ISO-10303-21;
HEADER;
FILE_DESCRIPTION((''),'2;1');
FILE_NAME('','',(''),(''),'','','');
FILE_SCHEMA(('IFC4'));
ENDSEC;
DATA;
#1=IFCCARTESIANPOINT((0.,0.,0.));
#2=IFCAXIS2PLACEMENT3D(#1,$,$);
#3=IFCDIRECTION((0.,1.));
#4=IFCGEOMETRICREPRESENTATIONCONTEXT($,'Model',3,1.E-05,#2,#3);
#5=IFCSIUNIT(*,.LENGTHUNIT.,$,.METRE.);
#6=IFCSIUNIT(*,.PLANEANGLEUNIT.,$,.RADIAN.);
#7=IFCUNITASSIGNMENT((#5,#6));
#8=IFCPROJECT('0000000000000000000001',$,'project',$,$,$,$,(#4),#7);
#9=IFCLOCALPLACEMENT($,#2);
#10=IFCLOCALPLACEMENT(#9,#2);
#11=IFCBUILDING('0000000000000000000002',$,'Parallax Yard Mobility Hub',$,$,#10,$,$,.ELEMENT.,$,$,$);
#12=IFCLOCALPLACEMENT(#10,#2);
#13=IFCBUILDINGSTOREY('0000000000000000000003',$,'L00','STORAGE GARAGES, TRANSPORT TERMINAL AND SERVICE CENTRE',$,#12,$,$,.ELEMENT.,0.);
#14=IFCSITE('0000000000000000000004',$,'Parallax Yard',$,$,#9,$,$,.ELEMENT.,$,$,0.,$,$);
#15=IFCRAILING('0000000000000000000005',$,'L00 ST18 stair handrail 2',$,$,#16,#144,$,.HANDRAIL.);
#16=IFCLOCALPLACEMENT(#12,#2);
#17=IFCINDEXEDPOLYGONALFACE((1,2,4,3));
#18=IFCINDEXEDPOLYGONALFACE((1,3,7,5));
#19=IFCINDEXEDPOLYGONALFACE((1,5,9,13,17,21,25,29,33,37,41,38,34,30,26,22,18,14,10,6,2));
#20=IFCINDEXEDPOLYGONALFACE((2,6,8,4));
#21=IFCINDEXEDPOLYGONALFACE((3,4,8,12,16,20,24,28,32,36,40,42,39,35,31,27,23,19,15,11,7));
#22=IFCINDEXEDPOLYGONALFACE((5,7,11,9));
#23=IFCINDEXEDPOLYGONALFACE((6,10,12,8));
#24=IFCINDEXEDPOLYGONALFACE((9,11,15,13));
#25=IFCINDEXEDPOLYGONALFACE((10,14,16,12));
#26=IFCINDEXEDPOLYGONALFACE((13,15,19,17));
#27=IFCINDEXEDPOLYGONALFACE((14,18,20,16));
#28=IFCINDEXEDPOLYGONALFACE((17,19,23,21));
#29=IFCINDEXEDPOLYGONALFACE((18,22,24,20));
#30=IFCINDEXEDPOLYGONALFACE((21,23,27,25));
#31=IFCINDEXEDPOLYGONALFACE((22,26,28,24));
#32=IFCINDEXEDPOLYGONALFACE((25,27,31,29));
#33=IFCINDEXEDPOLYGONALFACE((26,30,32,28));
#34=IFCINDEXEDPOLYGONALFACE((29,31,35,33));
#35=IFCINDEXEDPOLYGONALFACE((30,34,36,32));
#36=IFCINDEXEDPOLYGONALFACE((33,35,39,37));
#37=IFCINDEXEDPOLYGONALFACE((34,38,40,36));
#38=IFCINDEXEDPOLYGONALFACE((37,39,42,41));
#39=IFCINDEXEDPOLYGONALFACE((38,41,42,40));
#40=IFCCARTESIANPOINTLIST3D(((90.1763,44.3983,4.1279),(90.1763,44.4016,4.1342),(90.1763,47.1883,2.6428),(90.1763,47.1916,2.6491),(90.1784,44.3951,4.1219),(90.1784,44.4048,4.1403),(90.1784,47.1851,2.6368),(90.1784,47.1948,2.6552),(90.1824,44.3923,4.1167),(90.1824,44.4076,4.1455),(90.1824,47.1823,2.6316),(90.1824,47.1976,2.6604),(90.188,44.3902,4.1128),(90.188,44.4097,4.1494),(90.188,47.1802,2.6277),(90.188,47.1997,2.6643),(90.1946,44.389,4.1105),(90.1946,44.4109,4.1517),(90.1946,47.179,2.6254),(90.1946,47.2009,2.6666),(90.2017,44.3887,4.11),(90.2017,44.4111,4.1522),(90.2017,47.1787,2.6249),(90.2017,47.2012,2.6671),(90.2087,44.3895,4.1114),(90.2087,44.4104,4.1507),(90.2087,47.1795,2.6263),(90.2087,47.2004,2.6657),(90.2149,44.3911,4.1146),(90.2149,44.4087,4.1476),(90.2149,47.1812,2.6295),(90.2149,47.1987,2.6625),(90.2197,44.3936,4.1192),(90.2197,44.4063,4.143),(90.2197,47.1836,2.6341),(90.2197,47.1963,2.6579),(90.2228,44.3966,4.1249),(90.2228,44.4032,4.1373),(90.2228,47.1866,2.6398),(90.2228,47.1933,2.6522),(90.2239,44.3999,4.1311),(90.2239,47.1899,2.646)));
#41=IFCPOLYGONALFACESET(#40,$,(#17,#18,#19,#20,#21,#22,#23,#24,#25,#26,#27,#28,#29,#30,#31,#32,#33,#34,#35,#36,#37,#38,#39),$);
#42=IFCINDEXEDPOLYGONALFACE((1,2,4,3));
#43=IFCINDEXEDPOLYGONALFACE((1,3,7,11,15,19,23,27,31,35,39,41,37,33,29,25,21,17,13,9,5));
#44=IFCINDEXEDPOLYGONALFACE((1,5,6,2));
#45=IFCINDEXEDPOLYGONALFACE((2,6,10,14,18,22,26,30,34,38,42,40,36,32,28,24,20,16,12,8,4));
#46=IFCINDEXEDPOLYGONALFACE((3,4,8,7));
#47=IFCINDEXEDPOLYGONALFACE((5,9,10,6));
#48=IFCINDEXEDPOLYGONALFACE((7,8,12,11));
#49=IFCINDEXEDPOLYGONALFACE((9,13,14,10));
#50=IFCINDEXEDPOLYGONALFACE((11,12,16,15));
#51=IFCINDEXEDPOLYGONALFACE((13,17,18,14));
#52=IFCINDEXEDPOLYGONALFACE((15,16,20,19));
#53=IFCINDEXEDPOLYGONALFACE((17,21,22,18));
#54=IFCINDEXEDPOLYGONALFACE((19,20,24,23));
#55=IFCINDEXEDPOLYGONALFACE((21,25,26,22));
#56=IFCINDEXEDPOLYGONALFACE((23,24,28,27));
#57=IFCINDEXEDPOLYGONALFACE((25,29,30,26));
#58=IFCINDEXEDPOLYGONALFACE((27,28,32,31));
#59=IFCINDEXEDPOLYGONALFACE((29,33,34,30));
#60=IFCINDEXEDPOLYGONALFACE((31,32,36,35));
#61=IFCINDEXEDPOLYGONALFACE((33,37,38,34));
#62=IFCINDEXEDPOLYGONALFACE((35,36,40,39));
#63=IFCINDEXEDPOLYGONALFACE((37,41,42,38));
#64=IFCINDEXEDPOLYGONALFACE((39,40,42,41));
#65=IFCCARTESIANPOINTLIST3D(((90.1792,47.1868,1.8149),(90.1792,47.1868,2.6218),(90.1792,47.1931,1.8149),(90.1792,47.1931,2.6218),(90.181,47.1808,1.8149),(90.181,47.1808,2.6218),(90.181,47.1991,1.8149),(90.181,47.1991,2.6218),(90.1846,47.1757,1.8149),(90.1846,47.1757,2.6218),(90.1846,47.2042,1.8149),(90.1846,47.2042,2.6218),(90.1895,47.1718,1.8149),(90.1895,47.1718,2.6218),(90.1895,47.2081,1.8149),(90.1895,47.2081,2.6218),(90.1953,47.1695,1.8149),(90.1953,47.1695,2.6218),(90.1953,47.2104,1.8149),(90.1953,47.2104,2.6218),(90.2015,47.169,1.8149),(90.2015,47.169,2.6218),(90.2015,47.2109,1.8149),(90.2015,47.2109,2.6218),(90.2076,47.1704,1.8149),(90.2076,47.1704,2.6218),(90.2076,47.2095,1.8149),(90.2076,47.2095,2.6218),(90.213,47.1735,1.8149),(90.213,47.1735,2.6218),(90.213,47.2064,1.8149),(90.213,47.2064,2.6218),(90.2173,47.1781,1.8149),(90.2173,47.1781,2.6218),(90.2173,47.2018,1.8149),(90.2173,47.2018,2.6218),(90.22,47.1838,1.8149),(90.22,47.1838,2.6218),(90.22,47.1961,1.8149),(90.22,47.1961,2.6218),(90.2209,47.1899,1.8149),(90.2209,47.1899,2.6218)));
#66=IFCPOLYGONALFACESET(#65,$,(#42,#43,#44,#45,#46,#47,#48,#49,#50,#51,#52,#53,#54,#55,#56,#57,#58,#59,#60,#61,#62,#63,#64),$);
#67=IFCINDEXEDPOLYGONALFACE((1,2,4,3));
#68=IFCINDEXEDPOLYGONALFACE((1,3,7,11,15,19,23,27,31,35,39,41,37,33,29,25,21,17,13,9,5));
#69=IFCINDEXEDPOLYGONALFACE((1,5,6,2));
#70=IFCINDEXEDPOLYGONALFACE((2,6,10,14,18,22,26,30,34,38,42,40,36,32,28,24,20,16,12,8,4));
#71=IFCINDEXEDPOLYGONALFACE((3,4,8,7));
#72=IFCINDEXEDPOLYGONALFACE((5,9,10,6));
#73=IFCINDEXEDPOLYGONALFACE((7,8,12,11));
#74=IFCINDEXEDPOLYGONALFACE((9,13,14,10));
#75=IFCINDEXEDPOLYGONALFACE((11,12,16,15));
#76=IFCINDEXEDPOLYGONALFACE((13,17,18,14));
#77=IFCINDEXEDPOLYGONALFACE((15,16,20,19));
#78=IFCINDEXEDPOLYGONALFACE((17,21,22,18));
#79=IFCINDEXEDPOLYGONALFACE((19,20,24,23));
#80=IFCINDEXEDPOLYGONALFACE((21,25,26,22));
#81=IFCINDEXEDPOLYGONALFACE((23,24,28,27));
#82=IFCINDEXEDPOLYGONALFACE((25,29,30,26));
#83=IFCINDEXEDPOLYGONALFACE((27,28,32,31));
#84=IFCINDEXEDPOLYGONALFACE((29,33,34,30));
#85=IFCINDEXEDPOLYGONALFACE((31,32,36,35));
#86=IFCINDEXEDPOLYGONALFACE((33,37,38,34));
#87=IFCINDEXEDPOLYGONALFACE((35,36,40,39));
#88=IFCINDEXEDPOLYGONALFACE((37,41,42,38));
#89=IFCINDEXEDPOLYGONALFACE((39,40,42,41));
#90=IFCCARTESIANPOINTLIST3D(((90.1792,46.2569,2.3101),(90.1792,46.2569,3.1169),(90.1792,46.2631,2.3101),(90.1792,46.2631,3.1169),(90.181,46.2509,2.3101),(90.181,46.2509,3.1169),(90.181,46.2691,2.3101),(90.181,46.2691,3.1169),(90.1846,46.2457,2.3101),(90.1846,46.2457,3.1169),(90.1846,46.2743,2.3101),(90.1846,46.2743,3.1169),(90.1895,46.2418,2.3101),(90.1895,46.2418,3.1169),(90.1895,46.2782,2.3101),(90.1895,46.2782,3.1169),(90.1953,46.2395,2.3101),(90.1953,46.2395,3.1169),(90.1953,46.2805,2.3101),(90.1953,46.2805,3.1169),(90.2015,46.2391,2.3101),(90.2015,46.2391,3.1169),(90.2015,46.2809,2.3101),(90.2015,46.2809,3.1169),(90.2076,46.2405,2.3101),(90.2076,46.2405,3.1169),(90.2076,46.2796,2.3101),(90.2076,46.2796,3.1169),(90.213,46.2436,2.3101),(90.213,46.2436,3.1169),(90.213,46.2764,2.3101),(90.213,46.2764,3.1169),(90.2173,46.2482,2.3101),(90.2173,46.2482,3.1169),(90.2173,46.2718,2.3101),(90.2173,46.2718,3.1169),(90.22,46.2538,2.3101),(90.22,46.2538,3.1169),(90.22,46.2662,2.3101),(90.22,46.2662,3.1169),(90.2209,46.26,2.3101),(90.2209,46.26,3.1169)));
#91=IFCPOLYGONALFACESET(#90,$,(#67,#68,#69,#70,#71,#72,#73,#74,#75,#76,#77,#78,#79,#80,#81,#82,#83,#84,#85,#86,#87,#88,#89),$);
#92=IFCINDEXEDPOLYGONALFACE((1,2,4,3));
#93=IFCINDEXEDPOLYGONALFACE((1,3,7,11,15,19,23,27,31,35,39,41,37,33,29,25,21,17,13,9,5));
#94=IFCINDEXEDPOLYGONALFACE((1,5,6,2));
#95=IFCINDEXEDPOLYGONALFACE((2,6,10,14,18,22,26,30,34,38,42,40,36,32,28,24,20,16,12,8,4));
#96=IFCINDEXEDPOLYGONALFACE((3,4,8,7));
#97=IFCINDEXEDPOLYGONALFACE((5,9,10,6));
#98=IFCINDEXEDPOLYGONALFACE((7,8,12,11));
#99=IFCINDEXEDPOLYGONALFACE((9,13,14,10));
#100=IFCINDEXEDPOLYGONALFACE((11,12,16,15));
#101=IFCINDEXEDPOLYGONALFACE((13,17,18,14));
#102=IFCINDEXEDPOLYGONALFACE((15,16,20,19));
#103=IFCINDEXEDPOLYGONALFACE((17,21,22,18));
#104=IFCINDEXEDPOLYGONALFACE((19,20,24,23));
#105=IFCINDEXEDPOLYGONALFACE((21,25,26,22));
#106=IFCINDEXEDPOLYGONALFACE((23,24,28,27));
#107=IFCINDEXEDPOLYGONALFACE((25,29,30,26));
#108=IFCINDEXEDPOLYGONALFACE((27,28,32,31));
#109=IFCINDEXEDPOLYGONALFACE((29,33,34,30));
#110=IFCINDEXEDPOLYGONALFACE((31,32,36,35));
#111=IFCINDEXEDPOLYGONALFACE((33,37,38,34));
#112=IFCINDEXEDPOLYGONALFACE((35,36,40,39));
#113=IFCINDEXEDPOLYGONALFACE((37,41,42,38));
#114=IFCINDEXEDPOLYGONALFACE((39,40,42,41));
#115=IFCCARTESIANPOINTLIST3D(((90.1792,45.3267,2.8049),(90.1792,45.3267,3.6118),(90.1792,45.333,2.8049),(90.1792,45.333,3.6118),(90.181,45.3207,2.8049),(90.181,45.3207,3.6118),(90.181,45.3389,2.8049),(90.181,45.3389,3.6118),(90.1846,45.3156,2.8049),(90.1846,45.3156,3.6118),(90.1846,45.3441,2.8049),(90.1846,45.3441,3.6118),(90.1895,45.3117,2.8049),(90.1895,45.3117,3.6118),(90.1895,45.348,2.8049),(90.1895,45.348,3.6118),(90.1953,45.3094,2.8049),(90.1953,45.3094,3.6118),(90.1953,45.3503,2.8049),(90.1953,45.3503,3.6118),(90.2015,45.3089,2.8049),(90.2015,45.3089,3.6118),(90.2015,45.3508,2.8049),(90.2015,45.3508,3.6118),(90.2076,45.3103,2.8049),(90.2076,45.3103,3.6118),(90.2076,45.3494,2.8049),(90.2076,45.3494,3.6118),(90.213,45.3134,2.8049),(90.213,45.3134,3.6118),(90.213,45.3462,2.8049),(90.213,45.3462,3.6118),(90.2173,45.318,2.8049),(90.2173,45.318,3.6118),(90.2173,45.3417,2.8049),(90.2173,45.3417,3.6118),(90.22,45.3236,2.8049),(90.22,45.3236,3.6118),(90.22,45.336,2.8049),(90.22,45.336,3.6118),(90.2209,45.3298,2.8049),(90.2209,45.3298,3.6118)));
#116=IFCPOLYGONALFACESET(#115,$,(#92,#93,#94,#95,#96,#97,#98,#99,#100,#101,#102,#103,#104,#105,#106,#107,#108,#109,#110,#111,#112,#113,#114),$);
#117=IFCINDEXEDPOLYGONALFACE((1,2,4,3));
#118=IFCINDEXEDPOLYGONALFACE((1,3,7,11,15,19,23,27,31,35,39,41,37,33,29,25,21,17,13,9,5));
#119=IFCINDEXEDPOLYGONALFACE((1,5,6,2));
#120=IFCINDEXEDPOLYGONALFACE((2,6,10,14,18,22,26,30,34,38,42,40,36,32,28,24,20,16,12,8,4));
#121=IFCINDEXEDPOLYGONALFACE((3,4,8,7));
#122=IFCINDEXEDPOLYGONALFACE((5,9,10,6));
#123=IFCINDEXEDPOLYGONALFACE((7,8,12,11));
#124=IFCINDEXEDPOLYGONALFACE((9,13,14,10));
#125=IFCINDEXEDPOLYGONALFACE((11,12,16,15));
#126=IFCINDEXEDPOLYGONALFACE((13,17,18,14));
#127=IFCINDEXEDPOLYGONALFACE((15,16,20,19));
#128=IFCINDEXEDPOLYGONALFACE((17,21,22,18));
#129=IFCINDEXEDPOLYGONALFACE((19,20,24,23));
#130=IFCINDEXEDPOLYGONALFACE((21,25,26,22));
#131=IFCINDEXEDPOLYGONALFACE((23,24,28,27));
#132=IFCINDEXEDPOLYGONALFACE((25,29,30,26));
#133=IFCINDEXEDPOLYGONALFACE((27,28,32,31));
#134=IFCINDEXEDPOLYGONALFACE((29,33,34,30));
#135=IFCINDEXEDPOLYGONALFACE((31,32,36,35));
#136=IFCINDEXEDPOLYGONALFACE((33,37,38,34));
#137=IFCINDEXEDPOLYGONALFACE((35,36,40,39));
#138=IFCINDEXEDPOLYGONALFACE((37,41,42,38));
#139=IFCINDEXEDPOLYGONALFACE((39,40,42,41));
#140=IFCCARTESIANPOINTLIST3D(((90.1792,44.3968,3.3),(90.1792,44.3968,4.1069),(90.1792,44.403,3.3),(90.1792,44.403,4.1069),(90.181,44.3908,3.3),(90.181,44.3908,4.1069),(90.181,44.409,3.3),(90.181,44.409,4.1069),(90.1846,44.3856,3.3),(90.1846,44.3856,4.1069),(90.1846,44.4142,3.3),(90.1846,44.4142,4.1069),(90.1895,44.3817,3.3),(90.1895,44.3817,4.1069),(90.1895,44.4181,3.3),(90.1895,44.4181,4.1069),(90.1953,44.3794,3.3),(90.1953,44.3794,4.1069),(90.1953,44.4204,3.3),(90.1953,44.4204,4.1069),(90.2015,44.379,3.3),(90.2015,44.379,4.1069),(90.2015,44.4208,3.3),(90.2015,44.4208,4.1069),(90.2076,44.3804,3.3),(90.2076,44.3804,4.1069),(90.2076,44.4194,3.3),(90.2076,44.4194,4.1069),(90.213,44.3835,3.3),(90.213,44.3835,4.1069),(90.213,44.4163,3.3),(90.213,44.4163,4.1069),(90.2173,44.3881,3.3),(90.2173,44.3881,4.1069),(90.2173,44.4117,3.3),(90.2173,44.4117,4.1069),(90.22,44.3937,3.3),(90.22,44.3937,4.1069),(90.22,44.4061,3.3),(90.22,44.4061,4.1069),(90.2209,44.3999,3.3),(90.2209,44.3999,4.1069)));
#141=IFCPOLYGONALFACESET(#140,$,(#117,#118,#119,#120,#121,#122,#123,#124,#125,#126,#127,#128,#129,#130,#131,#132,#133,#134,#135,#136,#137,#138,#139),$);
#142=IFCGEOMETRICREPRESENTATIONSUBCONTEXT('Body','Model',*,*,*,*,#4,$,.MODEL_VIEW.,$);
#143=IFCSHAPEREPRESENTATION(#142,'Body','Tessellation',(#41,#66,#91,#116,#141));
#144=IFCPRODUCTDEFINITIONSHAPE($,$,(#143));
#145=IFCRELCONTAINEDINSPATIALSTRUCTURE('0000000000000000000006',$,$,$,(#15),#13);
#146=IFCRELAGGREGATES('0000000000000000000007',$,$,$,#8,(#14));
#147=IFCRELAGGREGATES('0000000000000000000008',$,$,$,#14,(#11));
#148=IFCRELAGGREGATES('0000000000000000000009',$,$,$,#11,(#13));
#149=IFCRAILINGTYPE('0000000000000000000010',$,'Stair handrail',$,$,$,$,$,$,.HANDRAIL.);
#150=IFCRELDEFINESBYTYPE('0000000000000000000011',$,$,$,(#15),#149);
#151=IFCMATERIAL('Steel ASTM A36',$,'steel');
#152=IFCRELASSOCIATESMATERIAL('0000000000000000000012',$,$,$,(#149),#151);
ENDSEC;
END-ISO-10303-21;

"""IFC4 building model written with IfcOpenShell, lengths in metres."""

from ifc_helpers import new_model, si_unit, direction, frame, origin, origin_2d, place, context, subcontext, project, spatial, circle, extrude, material, type_object, element, save


model = new_model("IFC4")

# Units and contexts
model_context = context("Model", 3, precision=1e-05, world=origin(), true_north=direction((0.0, 1.0)))
body_context = subcontext(model_context, "Body", "Model", "MODEL_VIEW")
ifc_project = project(units=[si_unit("LENGTHUNIT", "METRE"), si_unit("PLANEANGLEUNIT", "RADIAN")], contexts=[model_context])

# Site, building, storey
site_placement = place(None, origin())
site = spatial("IfcSite", under=ifc_project, at=site_placement, Name="Parallax Yard", CompositionType="ELEMENT", RefElevation=0.0)
building_placement = place(site_placement, origin())
building = spatial("IfcBuilding", under=site, at=building_placement, Name="Parallax Yard Mobility Hub", CompositionType="ELEMENT")
storey_placement = place(building_placement, origin())
storey = spatial("IfcBuildingStorey", under=building, at=storey_placement, Name="L00", Description="STORAGE GARAGES, TRANSPORT TERMINAL AND SERVICE CENTRE", CompositionType="ELEMENT", Elevation=0.0)

# Railing
ifc_material_1 = material(Name="Steel ASTM A36", Category="steel")
railing_type_1 = type_object("IfcRailingType", Name="Stair handrail", PredefinedType="HANDRAIL", material=ifc_material_1)
railing_1_placement = place(storey_placement, frame((90.2, 47.1899, 1.8149)))
element("IfcRailing", 1, at=railing_1_placement, inside=storey, type_object=railing_type_1, Name="L00 ST18 stair handrail 2", PredefinedType="HANDRAIL", context=body_context, shape_type="SweptSolid", body=[
    extrude(circle(Radius=0.0239, at=origin_2d()), frame((0.0, 0.0, 0.8311), z_axis=(0.0, -0.882735, 0.46987), x_axis=(1.0, 0.0, 0.0)), (0.0, 0.0, 1.0), 3.1606),
    extrude(circle(Radius=0.021, at=origin_2d()), origin(), (0.0, 0.0, 1.0), 0.8069),
    extrude(circle(Radius=0.021, at=origin_2d()), frame((0.0, -0.9299, 0.4951)), (0.0, 0.0, 1.0), 0.8069),
    extrude(circle(Radius=0.021, at=origin_2d()), frame((0.0, -1.8601, 0.99)), (0.0, 0.0, 1.0), 0.8069),
    extrude(circle(Radius=0.021, at=origin_2d()), frame((0.0, -2.79, 1.4851)), (0.0, 0.0, 1.0), 0.8069),
])

save(model, "model.ifc")
